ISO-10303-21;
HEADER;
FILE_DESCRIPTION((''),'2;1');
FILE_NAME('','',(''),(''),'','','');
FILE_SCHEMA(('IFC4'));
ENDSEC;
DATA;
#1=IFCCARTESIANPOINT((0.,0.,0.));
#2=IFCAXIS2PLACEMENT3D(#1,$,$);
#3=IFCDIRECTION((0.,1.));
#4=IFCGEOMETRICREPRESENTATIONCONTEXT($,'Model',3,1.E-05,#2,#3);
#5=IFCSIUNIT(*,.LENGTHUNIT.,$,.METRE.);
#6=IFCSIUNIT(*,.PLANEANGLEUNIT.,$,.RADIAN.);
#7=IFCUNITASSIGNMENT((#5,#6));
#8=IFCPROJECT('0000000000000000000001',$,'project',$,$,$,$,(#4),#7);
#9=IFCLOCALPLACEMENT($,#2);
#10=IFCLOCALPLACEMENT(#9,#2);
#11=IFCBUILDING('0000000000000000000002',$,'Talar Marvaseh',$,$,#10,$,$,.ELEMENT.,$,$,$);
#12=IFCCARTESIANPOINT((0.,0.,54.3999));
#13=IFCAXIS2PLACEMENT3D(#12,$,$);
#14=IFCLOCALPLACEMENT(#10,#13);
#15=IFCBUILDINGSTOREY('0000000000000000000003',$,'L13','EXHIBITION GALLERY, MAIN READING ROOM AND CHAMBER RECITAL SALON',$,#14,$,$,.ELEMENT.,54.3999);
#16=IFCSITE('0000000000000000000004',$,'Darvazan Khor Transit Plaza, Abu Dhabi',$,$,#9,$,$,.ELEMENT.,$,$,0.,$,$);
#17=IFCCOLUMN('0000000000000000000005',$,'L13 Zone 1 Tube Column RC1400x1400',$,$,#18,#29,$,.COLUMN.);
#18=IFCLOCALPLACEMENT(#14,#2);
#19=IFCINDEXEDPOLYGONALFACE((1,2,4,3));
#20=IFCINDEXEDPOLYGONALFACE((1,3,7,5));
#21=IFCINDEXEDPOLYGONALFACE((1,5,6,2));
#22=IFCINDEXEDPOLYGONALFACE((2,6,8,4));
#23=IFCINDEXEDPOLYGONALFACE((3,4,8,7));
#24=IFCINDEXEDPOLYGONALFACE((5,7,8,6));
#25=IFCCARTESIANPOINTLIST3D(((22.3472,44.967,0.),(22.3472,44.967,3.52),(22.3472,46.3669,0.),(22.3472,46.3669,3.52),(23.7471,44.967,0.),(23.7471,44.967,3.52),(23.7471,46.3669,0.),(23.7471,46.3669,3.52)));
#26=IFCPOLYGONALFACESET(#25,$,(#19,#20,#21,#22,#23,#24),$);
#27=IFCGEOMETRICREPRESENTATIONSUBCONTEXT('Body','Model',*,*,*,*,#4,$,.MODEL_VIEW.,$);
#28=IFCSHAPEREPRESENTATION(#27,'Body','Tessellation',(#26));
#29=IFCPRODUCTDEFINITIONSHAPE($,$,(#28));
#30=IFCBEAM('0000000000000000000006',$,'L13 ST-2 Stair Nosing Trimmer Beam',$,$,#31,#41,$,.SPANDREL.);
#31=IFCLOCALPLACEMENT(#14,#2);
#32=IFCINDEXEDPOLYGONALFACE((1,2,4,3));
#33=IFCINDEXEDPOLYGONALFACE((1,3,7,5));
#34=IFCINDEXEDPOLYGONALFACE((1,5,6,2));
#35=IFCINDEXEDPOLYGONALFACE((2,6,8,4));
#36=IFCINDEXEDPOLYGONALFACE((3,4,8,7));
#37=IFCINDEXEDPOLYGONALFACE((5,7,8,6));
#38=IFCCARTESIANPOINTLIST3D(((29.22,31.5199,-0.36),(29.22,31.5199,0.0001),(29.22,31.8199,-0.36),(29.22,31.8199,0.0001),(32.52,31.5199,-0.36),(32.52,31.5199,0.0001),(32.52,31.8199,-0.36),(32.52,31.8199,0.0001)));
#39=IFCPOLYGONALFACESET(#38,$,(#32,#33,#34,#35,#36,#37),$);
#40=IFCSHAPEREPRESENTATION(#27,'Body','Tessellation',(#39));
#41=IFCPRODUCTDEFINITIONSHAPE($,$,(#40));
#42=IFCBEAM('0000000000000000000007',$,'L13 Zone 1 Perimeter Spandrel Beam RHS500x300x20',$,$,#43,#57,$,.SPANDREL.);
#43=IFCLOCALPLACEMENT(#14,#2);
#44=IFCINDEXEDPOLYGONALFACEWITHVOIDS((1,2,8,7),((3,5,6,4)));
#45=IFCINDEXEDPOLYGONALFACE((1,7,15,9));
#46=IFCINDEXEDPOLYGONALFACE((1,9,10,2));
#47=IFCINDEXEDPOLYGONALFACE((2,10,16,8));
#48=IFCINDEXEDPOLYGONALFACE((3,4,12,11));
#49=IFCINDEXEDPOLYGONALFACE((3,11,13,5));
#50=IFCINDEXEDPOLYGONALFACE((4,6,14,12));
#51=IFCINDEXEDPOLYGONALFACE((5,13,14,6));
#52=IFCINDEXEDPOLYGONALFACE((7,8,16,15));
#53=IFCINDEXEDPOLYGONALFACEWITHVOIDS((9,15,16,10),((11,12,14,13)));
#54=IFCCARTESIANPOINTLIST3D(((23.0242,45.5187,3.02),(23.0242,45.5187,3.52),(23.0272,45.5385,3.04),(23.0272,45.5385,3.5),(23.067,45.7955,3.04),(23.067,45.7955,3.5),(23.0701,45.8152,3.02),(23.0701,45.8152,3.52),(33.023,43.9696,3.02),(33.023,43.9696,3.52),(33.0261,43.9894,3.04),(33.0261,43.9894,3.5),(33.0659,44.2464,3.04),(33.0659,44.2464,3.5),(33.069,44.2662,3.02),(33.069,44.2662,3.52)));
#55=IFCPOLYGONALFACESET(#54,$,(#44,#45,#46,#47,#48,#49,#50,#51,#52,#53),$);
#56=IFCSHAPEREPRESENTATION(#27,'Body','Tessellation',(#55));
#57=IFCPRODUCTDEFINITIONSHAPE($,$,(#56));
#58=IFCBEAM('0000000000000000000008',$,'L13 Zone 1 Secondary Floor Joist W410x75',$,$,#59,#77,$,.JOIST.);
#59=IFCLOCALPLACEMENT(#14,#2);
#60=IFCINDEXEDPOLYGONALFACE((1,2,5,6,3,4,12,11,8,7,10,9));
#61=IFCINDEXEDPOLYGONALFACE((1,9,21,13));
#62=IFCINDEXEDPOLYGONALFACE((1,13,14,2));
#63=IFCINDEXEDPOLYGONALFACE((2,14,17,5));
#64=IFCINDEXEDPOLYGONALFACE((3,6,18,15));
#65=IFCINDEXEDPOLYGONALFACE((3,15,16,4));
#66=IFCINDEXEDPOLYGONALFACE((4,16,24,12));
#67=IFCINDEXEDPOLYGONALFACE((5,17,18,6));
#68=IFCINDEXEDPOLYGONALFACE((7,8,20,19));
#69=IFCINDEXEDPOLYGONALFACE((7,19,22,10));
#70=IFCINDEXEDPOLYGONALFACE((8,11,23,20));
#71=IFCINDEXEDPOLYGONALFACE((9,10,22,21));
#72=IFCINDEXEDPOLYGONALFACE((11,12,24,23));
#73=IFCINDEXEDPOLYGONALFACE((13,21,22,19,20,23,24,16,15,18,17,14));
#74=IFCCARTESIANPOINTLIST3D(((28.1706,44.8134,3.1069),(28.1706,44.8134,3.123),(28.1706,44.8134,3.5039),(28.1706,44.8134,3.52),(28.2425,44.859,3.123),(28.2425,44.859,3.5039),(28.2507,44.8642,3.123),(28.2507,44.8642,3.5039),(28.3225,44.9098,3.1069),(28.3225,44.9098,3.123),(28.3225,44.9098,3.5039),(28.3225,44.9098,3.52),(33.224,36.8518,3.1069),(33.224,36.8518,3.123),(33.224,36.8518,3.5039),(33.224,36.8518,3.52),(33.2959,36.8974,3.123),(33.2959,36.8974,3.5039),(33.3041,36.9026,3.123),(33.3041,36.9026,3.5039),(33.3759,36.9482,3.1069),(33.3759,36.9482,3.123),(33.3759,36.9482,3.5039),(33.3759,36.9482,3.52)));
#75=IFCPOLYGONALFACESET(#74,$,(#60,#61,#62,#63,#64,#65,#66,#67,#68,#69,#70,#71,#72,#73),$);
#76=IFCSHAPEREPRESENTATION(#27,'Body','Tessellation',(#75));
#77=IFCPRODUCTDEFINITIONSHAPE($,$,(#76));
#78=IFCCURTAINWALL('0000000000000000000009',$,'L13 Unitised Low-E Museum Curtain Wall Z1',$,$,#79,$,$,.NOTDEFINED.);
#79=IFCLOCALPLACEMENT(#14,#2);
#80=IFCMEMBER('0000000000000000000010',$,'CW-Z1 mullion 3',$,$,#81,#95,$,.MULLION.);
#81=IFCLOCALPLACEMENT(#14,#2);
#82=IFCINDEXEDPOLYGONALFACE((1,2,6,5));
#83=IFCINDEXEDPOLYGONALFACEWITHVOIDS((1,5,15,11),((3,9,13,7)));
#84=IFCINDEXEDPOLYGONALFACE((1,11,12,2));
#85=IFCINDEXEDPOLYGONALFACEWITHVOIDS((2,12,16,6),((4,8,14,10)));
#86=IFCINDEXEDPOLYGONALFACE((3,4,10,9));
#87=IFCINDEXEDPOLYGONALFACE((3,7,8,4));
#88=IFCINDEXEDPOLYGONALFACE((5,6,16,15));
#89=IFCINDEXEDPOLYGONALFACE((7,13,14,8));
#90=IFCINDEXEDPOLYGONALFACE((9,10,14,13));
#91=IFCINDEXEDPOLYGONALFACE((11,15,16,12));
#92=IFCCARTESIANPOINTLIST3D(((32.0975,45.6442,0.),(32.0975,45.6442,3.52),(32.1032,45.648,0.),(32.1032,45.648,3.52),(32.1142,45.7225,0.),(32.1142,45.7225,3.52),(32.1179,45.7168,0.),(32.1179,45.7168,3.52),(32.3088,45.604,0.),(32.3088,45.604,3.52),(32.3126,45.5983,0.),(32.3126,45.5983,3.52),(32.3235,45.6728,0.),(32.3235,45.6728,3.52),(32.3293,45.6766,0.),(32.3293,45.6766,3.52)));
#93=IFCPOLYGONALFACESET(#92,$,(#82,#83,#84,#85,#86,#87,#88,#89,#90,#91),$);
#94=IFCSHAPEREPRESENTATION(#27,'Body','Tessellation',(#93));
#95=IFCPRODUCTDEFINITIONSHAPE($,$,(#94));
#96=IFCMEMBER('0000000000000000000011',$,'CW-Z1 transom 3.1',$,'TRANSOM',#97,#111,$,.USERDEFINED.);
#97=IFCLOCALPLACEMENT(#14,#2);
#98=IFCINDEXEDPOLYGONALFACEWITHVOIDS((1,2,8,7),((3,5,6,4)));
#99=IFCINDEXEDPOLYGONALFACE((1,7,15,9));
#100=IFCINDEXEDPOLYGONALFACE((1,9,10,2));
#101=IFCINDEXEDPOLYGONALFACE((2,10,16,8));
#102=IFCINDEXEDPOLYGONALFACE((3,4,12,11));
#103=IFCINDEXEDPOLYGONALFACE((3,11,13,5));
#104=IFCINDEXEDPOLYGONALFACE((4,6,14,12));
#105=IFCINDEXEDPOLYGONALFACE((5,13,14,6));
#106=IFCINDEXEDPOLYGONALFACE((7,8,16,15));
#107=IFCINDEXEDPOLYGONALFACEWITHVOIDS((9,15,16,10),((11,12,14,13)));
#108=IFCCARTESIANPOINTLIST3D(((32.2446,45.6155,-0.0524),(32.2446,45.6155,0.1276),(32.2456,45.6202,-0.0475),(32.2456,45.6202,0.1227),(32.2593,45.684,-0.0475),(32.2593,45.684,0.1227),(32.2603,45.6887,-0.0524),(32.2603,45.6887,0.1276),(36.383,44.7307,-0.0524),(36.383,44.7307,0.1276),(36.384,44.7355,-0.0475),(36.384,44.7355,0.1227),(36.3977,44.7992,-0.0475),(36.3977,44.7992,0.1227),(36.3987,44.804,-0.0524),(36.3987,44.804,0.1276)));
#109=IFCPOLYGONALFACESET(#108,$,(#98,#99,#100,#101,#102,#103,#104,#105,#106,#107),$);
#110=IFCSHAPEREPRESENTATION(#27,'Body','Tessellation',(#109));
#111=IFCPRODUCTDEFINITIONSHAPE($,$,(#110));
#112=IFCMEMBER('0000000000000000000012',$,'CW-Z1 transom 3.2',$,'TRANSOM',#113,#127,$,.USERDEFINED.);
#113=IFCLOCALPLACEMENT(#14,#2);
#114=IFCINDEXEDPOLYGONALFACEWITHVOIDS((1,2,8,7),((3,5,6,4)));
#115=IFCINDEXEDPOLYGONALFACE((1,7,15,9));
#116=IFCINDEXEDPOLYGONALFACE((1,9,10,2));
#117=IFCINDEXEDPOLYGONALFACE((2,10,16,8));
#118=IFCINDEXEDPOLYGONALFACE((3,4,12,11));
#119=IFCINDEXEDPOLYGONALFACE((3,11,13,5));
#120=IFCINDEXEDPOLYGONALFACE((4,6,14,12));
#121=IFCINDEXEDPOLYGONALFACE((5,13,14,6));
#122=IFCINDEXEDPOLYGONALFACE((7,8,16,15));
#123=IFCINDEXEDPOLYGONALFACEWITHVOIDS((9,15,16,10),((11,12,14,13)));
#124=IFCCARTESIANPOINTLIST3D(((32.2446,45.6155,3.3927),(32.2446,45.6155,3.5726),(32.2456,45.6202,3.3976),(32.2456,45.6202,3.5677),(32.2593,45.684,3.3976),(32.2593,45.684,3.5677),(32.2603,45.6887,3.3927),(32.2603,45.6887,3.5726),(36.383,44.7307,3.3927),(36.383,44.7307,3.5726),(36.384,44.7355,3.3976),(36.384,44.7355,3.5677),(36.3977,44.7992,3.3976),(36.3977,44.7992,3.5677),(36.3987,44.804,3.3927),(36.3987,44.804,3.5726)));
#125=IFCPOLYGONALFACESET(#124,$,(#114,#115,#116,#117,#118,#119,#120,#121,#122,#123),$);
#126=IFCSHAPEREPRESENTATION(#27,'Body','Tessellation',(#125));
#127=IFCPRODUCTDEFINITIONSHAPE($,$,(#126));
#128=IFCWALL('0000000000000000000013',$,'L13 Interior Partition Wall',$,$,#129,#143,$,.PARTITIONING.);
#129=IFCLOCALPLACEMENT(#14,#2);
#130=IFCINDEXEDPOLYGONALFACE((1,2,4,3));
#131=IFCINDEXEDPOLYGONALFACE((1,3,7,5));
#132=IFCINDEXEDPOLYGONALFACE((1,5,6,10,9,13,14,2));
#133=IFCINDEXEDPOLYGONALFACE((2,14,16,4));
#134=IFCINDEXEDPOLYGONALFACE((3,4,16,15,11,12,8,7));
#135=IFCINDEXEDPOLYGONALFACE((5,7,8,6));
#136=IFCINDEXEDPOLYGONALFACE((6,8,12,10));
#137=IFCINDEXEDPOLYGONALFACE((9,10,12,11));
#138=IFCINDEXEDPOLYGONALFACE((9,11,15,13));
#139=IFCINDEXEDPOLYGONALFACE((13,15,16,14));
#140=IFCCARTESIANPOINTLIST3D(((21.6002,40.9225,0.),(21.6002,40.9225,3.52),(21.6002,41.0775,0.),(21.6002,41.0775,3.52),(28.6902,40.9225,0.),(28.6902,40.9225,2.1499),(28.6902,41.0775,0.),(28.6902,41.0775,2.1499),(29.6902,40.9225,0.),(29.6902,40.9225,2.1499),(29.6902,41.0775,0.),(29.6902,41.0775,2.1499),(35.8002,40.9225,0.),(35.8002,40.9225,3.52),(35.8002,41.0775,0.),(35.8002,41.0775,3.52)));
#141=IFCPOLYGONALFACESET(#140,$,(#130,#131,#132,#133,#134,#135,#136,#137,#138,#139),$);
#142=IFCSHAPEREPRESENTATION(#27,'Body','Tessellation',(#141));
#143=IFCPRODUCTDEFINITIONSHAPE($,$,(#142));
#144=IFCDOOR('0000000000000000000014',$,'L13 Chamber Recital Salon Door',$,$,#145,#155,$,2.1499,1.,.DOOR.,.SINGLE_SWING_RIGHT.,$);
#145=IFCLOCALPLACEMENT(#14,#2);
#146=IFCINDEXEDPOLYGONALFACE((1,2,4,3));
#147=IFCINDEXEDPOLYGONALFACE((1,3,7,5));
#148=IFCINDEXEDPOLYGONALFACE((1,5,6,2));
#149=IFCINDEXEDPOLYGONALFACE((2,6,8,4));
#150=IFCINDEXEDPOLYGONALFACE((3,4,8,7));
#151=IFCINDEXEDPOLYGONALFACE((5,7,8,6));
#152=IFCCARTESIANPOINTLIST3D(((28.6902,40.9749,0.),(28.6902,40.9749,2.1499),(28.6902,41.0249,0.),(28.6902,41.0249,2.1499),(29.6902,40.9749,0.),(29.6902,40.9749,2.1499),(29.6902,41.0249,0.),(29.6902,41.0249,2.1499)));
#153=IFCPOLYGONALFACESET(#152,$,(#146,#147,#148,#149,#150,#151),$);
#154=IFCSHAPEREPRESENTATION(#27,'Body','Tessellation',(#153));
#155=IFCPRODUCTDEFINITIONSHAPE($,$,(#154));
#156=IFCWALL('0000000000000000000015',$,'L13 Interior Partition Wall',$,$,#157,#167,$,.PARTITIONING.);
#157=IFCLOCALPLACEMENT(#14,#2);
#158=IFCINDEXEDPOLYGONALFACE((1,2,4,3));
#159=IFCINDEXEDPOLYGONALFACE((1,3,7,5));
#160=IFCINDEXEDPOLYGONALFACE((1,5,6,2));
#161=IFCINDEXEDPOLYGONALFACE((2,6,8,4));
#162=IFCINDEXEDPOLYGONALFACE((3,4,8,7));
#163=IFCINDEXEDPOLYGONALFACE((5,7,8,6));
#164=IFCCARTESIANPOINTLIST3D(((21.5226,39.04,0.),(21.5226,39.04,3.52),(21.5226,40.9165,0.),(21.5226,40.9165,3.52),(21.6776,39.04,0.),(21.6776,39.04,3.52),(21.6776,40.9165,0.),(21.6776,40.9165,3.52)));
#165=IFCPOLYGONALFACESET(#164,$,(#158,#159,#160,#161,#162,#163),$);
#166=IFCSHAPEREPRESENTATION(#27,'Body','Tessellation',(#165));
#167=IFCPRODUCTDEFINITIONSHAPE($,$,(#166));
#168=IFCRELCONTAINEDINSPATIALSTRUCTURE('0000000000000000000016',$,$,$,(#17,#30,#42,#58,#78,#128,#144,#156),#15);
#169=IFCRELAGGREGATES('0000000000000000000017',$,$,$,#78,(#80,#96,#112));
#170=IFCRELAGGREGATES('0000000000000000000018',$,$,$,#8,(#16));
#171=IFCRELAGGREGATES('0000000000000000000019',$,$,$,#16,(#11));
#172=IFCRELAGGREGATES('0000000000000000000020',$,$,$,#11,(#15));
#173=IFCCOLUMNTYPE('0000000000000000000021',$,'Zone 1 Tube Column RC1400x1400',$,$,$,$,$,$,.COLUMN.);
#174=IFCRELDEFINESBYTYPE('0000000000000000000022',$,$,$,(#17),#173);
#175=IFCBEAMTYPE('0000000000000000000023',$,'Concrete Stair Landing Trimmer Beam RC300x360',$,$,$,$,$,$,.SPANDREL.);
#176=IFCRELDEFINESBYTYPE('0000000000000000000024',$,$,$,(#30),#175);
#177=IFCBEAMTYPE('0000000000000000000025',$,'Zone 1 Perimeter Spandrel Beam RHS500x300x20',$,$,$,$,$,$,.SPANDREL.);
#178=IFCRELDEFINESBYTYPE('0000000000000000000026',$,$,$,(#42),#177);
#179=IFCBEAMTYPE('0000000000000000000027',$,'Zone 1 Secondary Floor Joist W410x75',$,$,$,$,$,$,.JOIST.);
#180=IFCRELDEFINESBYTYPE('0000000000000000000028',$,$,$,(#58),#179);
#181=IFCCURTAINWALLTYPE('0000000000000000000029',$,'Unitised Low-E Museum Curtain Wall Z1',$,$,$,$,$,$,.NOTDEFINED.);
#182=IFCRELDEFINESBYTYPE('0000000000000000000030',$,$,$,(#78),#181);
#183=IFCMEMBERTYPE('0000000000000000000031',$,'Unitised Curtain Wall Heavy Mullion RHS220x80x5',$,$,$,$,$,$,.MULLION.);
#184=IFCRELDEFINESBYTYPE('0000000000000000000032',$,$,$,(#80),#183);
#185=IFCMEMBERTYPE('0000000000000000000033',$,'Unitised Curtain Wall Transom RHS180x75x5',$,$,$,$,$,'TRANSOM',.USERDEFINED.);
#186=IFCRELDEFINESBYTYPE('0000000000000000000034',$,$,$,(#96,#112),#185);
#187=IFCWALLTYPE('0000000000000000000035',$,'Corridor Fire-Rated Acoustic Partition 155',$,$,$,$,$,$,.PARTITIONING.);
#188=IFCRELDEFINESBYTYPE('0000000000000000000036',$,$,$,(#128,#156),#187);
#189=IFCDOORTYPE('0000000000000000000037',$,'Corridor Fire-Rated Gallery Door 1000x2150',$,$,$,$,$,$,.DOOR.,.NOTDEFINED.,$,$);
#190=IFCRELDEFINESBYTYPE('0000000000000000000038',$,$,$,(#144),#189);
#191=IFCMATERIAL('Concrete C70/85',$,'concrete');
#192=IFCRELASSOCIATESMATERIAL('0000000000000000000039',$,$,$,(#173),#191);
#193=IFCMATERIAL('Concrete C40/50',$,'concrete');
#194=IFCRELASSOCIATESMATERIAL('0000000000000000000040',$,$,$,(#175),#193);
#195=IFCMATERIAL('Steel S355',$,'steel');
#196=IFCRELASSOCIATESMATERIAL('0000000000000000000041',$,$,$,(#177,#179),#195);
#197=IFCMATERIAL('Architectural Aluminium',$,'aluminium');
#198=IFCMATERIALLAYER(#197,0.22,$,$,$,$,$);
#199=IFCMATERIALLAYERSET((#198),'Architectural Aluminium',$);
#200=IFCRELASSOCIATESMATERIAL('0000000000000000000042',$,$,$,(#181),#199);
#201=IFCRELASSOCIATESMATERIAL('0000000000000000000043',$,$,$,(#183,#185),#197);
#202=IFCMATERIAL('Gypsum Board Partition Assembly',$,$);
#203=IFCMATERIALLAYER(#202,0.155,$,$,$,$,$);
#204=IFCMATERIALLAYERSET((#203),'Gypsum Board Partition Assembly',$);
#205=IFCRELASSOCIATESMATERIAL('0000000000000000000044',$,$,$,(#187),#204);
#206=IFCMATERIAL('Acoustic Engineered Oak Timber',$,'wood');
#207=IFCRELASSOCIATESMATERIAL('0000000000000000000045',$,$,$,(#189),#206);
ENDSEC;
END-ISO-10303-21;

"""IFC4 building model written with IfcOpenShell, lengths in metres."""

from ifc_helpers import new_model, si_unit, direction, frame, frame_2d, origin, origin_2d, place, context, subcontext, project, spatial, rectangle, hollow_rectangle, i_section, extrude, source, transform, mapped, material, layer, layer_set, material_profile, profile_set, type_object, type_shapes, element, fill, aggregate, save


model = new_model("IFC4")

# Units and contexts
model_context = context("Model", 3, precision=1e-05, world=origin(), true_north=direction((0.0, 1.0)))
body_context = subcontext(model_context, "Body", "Model", "MODEL_VIEW")
ifc_project = project(units=[si_unit("LENGTHUNIT", "METRE"), si_unit("PLANEANGLEUNIT", "RADIAN")], contexts=[model_context])

# Site, building, storey
site_placement = place(None, origin())
site = spatial("IfcSite", under=ifc_project, at=site_placement, Name="Darvazan Khor Transit Plaza, Abu Dhabi", CompositionType="ELEMENT", RefElevation=0.0)
building_placement = place(site_placement, origin())
building = spatial("IfcBuilding", under=site, at=building_placement, Name="Talar Marvaseh", CompositionType="ELEMENT")
storey_placement = place(building_placement, frame((0.0, 0.0, 54.3999)))
storey = spatial("IfcBuildingStorey", under=building, at=storey_placement, Name="L13", Description="EXHIBITION GALLERY, MAIN READING ROOM AND CHAMBER RECITAL SALON", CompositionType="ELEMENT", Elevation=54.3999)

# Column
ifc_material_1 = material(Name="Concrete C70/85", Category="concrete")
ifc_material_profile_1 = material_profile(ifc_material_1, rectangle(XDim=1.3999, YDim=1.3999, at=origin_2d()), Name="RC1400x1400")
ifc_profile_set_1 = profile_set([ifc_material_profile_1], Name="Concrete C70/85")
column_type = type_object("IfcColumnType", Name="Zone 1 Tube Column RC1400x1400", PredefinedType="COLUMN", material=ifc_profile_set_1)
column_placement = place(storey_placement, frame((23.0471, 45.667, 0.0), z_axis=(0.0, 0.0, 1.0), x_axis=(1.0, 0.0, 0.0)))
element("IfcColumn", 1, at=column_placement, inside=storey, type_object=column_type, Name="L13 Zone 1 Tube Column RC1400x1400", PredefinedType="COLUMN", context=body_context, shape_type="SweptSolid", body=[
    extrude(rectangle(XDim=1.3999, YDim=1.3999, at=origin_2d()), origin(), (0.0, 0.0, 1.0), 3.52),
])

# Beams
ifc_material_2 = material(Name="Concrete C40/50", Category="concrete")
ifc_material_profile_2 = material_profile(ifc_material_2, rectangle(XDim=0.3, YDim=0.3601, at=origin_2d()), Name="RC300x360")
ifc_profile_set_2 = profile_set([ifc_material_profile_2], Name="Concrete C40/50")
beam_type_1 = type_object("IfcBeamType", Name="Concrete Stair Landing Trimmer Beam RC300x360", PredefinedType="SPANDREL", material=ifc_profile_set_2)
beam_1_placement = place(storey_placement, frame((29.22, 31.6699, -0.1799), z_axis=(1.0, 0.0, 0.0), x_axis=(0.0, 1.0, 0.0)))
element("IfcBeam", 2, at=beam_1_placement, inside=storey, type_object=beam_type_1, Name="L13 ST-2 Stair Nosing Trimmer Beam", PredefinedType="SPANDREL", context=body_context, shape_type="SweptSolid", body=[
    extrude(rectangle(XDim=0.3, YDim=0.3601, at=origin_2d()), origin(), (0.0, 0.0, 1.0), 3.3),
])
ifc_material_3 = material(Name="Steel S355", Category="steel")
ifc_material_profile_3 = material_profile(ifc_material_3, hollow_rectangle(XDim=0.3, YDim=0.5, WallThickness=0.02, at=origin_2d()), Name="RHS500x300x20")
ifc_profile_set_3 = profile_set([ifc_material_profile_3], Name="Steel S355")
beam_type_2 = type_object("IfcBeamType", Name="Zone 1 Perimeter Spandrel Beam RHS500x300x20", PredefinedType="SPANDREL", material=ifc_profile_set_3)
beam_2_placement = place(storey_placement, frame((23.0471, 45.667, 3.27), z_axis=(0.988211, -0.1531, 0.0), x_axis=(0.1531, 0.988211, 0.0)))
element("IfcBeam", 3, at=beam_2_placement, inside=storey, type_object=beam_type_2, Name="L13 Zone 1 Perimeter Spandrel Beam RHS500x300x20", PredefinedType="SPANDREL", context=body_context, shape_type="SweptSolid", body=[
    extrude(hollow_rectangle(XDim=0.3, YDim=0.5, WallThickness=0.02, at=origin_2d()), origin(), (0.0, 0.0, 1.0), 10.1182),
])
ifc_material_profile_4 = material_profile(ifc_material_3, i_section(OverallWidth=0.1799, OverallDepth=0.4131, WebThickness=0.0098, FlangeThickness=0.0161, at=origin_2d()), Name="W410x75")
ifc_profile_set_4 = profile_set([ifc_material_profile_4], Name="Steel S355")
beam_type_3 = type_object("IfcBeamType", Name="Zone 1 Secondary Floor Joist W410x75", PredefinedType="JOIST", material=ifc_profile_set_4)
beam_3_placement = place(storey_placement, frame((28.2466, 44.8616, 3.3135), z_axis=(0.53589, -0.844288, 0.0), x_axis=(0.844288, 0.53589, 0.0)))
element("IfcBeam", 4, at=beam_3_placement, inside=storey, type_object=beam_type_3, Name="L13 Zone 1 Secondary Floor Joist W410x75", PredefinedType="JOIST", context=body_context, shape_type="SweptSolid", body=[
    extrude(i_section(OverallWidth=0.1799, OverallDepth=0.4131, WebThickness=0.0098, FlangeThickness=0.0161, at=origin_2d()), origin(), (0.0, 0.0, 1.0), 9.4299),
])

# Curtain wall, members
ifc_material_4 = material(Name="Architectural Aluminium", Category="aluminium")
ifc_layer_1 = layer(ifc_material_4, 0.22)
ifc_layer_set_1 = layer_set([ifc_layer_1], Name="Architectural Aluminium")
curtain_wall_type = type_object("IfcCurtainWallType", Name="Unitised Low-E Museum Curtain Wall Z1", PredefinedType="NOTDEFINED", material=ifc_layer_set_1)
curtain_wall_placement = place(storey_placement, origin())
curtain_wall = element("IfcCurtainWall", 5, at=curtain_wall_placement, inside=storey, type_object=curtain_wall_type, Name="L13 Unitised Low-E Museum Curtain Wall Z1", PredefinedType="NOTDEFINED")
ifc_material_profile_5 = material_profile(ifc_material_4, hollow_rectangle(XDim=0.0801, YDim=0.22, WallThickness=0.0049, at=origin_2d()), Name="RHS220x80x5")
ifc_profile_set_5 = profile_set([ifc_material_profile_5], Name="Architectural Aluminium")
member_type_1 = type_object("IfcMemberType", Name="Unitised Curtain Wall Heavy Mullion RHS220x80x5", PredefinedType="MULLION", material=ifc_profile_set_5)
shared_shape_1 = source(origin(), body_context, "Body", "SweptSolid", [
    extrude(hollow_rectangle(XDim=0.0801, YDim=0.22, WallThickness=0.0049, at=origin_2d()), origin(), (0.0, 0.0, 1.0), 3.52),
])
type_shapes(member_type_1, [shared_shape_1])
member_1_placement = place(storey_placement, frame((32.2134, 45.6604, 0.0), z_axis=(0.0, 0.0, 1.0), x_axis=(0.209073, 0.9779, 0.0)))
member_1 = element("IfcMember", 6, at=member_1_placement, type_object=member_type_1, Name="CW-Z1 mullion 3", PredefinedType="MULLION", context=body_context, shape_type="MappedRepresentation", body=[
    mapped(shared_shape_1, transform((0.0, 0.0, 0.0), x_axis=(1.0, 0.0, 0.0), y_axis=(0.0, 1.0, 0.0), z_axis=(0.0, 0.0, 1.0), scale=1.0)),
])
ifc_material_profile_6 = material_profile(ifc_material_4, hollow_rectangle(XDim=0.075, YDim=0.1799, WallThickness=0.0049, at=origin_2d()), Name="RHS180x75x5")
ifc_profile_set_6 = profile_set([ifc_material_profile_6], Name="Architectural Aluminium")
member_type_2 = type_object("IfcMemberType", Name="Unitised Curtain Wall Transom RHS180x75x5", ElementType="TRANSOM", PredefinedType="USERDEFINED", material=ifc_profile_set_6)
shared_shape_2 = source(origin(), body_context, "Body", "SweptSolid", [
    extrude(hollow_rectangle(XDim=0.075, YDim=0.1799, WallThickness=0.0049, at=origin_2d()), origin(), (0.0, 0.0, 1.0), 4.2319),
])
type_shapes(member_type_2, [shared_shape_2])
member_2_placement = place(storey_placement, frame((32.2524, 45.6521, 0.0376), z_axis=(0.977901, -0.209068, 0.0), x_axis=(0.209068, 0.977901, 0.0)))
member_2 = element("IfcMember", 7, at=member_2_placement, type_object=member_type_2, Name="CW-Z1 transom 3.1", ObjectType="TRANSOM", PredefinedType="USERDEFINED", context=body_context, shape_type="MappedRepresentation", body=[
    mapped(shared_shape_2, transform((0.0, 0.0, 0.0), x_axis=(1.0, 0.0, 0.0), y_axis=(0.0, 1.0, 0.0), z_axis=(0.0, 0.0, 1.0), scale=1.0)),
])
member_3_placement = place(storey_placement, frame((32.2524, 45.6521, 3.4827), z_axis=(0.977901, -0.209068, 0.0), x_axis=(0.209068, 0.977901, 0.0)))
member_3 = element("IfcMember", 8, at=member_3_placement, type_object=member_type_2, Name="CW-Z1 transom 3.2", ObjectType="TRANSOM", PredefinedType="USERDEFINED", context=body_context, shape_type="MappedRepresentation", body=[
    mapped(shared_shape_2, transform((0.0, 0.0, 0.0), x_axis=(1.0, 0.0, 0.0), y_axis=(0.0, 1.0, 0.0), z_axis=(0.0, 0.0, 1.0), scale=1.0)),
])
aggregate(curtain_wall, [member_1, member_2, member_3])

# Wall, opening, door
ifc_material_5 = material(Name="Gypsum Board Partition Assembly")
ifc_layer_2 = layer(ifc_material_5, 0.155)
ifc_layer_set_2 = layer_set([ifc_layer_2], Name="Gypsum Board Partition Assembly")
wall_type_1 = type_object("IfcWallType", Name="Corridor Fire-Rated Acoustic Partition 155", PredefinedType="PARTITIONING", material=ifc_layer_set_2)
wall_1_placement = place(storey_placement, frame((21.6001, 41.0, 0.0), z_axis=(0.0, 0.0, 1.0), x_axis=(1.0, 0.0, 0.0)))
wall_1 = element("IfcWall", 9, at=wall_1_placement, inside=storey, type_object=wall_type_1, Name="L13 Interior Partition Wall", PredefinedType="PARTITIONING", context=body_context, shape_type="SweptSolid", body=[
    extrude(rectangle(XDim=14.2, YDim=0.155, at=frame_2d((7.1001, 0.0))), origin(), (0.0, 0.0, 1.0), 3.52),
])
opening_1_placement = place(wall_1_placement, frame((7.0901, 0.0, 0.0)))
opening_1 = element("IfcOpeningElement", 10, at=opening_1_placement, cuts=wall_1, PredefinedType="OPENING", context=body_context, shape_type="SweptSolid", body=[
    extrude(rectangle(XDim=1.0, YDim=2.1499, at=frame_2d((0.5, 1.075))), frame((0.0, 0.0874, 0.0), z_axis=(0.0, -1.0, 0.0), x_axis=(1.0, 0.0, 0.0)), (0.0, 0.0, 1.0), 0.175),
])
ifc_material_6 = material(Name="Acoustic Engineered Oak Timber", Category="wood")
door_type_1 = type_object("IfcDoorType", Name="Corridor Fire-Rated Gallery Door 1000x2150", OperationType="NOTDEFINED", PredefinedType="DOOR", material=ifc_material_6)
shared_shape_3 = source(origin(), body_context, "Body", "SweptSolid", [
    extrude(rectangle(XDim=1.0, YDim=2.1499, at=frame_2d((0.5, 1.075))), frame((0.0, 0.0249, 0.0), z_axis=(0.0, -1.0, 0.0), x_axis=(1.0, 0.0, 0.0)), (0.0, 0.0, 1.0), 0.05),
])
type_shapes(door_type_1, [shared_shape_3])
door_1_placement = place(opening_1_placement, origin())
door_1 = element("IfcDoor", 11, at=door_1_placement, inside=storey, type_object=door_type_1, Name="L13 Chamber Recital Salon Door", OperationType="SINGLE_SWING_RIGHT", OverallHeight=2.1499, OverallWidth=1.0, PredefinedType="DOOR", context=body_context, shape_type="MappedRepresentation", body=[
    mapped(shared_shape_3, transform((0.0, 0.0, 0.0), x_axis=(1.0, 0.0, 0.0), y_axis=(0.0, 1.0, 0.0), z_axis=(0.0, 0.0, 1.0), scale=1.0)),
])
fill(opening_1, door_1)

# Wall
wall_2_placement = place(storey_placement, frame((21.6001, 39.04, 0.0), z_axis=(0.0, 0.0, 1.0), x_axis=(0.0, 1.0, 0.0)))
element("IfcWall", 12, at=wall_2_placement, inside=storey, type_object=wall_type_1, Name="L13 Interior Partition Wall", PredefinedType="PARTITIONING", context=body_context, shape_type="SweptSolid", body=[
    extrude(rectangle(XDim=1.8765, YDim=0.155, at=frame_2d((0.9382, 0.0))), origin(), (0.0, 0.0, 1.0), 3.52),
])

save(model, "model.ifc")
